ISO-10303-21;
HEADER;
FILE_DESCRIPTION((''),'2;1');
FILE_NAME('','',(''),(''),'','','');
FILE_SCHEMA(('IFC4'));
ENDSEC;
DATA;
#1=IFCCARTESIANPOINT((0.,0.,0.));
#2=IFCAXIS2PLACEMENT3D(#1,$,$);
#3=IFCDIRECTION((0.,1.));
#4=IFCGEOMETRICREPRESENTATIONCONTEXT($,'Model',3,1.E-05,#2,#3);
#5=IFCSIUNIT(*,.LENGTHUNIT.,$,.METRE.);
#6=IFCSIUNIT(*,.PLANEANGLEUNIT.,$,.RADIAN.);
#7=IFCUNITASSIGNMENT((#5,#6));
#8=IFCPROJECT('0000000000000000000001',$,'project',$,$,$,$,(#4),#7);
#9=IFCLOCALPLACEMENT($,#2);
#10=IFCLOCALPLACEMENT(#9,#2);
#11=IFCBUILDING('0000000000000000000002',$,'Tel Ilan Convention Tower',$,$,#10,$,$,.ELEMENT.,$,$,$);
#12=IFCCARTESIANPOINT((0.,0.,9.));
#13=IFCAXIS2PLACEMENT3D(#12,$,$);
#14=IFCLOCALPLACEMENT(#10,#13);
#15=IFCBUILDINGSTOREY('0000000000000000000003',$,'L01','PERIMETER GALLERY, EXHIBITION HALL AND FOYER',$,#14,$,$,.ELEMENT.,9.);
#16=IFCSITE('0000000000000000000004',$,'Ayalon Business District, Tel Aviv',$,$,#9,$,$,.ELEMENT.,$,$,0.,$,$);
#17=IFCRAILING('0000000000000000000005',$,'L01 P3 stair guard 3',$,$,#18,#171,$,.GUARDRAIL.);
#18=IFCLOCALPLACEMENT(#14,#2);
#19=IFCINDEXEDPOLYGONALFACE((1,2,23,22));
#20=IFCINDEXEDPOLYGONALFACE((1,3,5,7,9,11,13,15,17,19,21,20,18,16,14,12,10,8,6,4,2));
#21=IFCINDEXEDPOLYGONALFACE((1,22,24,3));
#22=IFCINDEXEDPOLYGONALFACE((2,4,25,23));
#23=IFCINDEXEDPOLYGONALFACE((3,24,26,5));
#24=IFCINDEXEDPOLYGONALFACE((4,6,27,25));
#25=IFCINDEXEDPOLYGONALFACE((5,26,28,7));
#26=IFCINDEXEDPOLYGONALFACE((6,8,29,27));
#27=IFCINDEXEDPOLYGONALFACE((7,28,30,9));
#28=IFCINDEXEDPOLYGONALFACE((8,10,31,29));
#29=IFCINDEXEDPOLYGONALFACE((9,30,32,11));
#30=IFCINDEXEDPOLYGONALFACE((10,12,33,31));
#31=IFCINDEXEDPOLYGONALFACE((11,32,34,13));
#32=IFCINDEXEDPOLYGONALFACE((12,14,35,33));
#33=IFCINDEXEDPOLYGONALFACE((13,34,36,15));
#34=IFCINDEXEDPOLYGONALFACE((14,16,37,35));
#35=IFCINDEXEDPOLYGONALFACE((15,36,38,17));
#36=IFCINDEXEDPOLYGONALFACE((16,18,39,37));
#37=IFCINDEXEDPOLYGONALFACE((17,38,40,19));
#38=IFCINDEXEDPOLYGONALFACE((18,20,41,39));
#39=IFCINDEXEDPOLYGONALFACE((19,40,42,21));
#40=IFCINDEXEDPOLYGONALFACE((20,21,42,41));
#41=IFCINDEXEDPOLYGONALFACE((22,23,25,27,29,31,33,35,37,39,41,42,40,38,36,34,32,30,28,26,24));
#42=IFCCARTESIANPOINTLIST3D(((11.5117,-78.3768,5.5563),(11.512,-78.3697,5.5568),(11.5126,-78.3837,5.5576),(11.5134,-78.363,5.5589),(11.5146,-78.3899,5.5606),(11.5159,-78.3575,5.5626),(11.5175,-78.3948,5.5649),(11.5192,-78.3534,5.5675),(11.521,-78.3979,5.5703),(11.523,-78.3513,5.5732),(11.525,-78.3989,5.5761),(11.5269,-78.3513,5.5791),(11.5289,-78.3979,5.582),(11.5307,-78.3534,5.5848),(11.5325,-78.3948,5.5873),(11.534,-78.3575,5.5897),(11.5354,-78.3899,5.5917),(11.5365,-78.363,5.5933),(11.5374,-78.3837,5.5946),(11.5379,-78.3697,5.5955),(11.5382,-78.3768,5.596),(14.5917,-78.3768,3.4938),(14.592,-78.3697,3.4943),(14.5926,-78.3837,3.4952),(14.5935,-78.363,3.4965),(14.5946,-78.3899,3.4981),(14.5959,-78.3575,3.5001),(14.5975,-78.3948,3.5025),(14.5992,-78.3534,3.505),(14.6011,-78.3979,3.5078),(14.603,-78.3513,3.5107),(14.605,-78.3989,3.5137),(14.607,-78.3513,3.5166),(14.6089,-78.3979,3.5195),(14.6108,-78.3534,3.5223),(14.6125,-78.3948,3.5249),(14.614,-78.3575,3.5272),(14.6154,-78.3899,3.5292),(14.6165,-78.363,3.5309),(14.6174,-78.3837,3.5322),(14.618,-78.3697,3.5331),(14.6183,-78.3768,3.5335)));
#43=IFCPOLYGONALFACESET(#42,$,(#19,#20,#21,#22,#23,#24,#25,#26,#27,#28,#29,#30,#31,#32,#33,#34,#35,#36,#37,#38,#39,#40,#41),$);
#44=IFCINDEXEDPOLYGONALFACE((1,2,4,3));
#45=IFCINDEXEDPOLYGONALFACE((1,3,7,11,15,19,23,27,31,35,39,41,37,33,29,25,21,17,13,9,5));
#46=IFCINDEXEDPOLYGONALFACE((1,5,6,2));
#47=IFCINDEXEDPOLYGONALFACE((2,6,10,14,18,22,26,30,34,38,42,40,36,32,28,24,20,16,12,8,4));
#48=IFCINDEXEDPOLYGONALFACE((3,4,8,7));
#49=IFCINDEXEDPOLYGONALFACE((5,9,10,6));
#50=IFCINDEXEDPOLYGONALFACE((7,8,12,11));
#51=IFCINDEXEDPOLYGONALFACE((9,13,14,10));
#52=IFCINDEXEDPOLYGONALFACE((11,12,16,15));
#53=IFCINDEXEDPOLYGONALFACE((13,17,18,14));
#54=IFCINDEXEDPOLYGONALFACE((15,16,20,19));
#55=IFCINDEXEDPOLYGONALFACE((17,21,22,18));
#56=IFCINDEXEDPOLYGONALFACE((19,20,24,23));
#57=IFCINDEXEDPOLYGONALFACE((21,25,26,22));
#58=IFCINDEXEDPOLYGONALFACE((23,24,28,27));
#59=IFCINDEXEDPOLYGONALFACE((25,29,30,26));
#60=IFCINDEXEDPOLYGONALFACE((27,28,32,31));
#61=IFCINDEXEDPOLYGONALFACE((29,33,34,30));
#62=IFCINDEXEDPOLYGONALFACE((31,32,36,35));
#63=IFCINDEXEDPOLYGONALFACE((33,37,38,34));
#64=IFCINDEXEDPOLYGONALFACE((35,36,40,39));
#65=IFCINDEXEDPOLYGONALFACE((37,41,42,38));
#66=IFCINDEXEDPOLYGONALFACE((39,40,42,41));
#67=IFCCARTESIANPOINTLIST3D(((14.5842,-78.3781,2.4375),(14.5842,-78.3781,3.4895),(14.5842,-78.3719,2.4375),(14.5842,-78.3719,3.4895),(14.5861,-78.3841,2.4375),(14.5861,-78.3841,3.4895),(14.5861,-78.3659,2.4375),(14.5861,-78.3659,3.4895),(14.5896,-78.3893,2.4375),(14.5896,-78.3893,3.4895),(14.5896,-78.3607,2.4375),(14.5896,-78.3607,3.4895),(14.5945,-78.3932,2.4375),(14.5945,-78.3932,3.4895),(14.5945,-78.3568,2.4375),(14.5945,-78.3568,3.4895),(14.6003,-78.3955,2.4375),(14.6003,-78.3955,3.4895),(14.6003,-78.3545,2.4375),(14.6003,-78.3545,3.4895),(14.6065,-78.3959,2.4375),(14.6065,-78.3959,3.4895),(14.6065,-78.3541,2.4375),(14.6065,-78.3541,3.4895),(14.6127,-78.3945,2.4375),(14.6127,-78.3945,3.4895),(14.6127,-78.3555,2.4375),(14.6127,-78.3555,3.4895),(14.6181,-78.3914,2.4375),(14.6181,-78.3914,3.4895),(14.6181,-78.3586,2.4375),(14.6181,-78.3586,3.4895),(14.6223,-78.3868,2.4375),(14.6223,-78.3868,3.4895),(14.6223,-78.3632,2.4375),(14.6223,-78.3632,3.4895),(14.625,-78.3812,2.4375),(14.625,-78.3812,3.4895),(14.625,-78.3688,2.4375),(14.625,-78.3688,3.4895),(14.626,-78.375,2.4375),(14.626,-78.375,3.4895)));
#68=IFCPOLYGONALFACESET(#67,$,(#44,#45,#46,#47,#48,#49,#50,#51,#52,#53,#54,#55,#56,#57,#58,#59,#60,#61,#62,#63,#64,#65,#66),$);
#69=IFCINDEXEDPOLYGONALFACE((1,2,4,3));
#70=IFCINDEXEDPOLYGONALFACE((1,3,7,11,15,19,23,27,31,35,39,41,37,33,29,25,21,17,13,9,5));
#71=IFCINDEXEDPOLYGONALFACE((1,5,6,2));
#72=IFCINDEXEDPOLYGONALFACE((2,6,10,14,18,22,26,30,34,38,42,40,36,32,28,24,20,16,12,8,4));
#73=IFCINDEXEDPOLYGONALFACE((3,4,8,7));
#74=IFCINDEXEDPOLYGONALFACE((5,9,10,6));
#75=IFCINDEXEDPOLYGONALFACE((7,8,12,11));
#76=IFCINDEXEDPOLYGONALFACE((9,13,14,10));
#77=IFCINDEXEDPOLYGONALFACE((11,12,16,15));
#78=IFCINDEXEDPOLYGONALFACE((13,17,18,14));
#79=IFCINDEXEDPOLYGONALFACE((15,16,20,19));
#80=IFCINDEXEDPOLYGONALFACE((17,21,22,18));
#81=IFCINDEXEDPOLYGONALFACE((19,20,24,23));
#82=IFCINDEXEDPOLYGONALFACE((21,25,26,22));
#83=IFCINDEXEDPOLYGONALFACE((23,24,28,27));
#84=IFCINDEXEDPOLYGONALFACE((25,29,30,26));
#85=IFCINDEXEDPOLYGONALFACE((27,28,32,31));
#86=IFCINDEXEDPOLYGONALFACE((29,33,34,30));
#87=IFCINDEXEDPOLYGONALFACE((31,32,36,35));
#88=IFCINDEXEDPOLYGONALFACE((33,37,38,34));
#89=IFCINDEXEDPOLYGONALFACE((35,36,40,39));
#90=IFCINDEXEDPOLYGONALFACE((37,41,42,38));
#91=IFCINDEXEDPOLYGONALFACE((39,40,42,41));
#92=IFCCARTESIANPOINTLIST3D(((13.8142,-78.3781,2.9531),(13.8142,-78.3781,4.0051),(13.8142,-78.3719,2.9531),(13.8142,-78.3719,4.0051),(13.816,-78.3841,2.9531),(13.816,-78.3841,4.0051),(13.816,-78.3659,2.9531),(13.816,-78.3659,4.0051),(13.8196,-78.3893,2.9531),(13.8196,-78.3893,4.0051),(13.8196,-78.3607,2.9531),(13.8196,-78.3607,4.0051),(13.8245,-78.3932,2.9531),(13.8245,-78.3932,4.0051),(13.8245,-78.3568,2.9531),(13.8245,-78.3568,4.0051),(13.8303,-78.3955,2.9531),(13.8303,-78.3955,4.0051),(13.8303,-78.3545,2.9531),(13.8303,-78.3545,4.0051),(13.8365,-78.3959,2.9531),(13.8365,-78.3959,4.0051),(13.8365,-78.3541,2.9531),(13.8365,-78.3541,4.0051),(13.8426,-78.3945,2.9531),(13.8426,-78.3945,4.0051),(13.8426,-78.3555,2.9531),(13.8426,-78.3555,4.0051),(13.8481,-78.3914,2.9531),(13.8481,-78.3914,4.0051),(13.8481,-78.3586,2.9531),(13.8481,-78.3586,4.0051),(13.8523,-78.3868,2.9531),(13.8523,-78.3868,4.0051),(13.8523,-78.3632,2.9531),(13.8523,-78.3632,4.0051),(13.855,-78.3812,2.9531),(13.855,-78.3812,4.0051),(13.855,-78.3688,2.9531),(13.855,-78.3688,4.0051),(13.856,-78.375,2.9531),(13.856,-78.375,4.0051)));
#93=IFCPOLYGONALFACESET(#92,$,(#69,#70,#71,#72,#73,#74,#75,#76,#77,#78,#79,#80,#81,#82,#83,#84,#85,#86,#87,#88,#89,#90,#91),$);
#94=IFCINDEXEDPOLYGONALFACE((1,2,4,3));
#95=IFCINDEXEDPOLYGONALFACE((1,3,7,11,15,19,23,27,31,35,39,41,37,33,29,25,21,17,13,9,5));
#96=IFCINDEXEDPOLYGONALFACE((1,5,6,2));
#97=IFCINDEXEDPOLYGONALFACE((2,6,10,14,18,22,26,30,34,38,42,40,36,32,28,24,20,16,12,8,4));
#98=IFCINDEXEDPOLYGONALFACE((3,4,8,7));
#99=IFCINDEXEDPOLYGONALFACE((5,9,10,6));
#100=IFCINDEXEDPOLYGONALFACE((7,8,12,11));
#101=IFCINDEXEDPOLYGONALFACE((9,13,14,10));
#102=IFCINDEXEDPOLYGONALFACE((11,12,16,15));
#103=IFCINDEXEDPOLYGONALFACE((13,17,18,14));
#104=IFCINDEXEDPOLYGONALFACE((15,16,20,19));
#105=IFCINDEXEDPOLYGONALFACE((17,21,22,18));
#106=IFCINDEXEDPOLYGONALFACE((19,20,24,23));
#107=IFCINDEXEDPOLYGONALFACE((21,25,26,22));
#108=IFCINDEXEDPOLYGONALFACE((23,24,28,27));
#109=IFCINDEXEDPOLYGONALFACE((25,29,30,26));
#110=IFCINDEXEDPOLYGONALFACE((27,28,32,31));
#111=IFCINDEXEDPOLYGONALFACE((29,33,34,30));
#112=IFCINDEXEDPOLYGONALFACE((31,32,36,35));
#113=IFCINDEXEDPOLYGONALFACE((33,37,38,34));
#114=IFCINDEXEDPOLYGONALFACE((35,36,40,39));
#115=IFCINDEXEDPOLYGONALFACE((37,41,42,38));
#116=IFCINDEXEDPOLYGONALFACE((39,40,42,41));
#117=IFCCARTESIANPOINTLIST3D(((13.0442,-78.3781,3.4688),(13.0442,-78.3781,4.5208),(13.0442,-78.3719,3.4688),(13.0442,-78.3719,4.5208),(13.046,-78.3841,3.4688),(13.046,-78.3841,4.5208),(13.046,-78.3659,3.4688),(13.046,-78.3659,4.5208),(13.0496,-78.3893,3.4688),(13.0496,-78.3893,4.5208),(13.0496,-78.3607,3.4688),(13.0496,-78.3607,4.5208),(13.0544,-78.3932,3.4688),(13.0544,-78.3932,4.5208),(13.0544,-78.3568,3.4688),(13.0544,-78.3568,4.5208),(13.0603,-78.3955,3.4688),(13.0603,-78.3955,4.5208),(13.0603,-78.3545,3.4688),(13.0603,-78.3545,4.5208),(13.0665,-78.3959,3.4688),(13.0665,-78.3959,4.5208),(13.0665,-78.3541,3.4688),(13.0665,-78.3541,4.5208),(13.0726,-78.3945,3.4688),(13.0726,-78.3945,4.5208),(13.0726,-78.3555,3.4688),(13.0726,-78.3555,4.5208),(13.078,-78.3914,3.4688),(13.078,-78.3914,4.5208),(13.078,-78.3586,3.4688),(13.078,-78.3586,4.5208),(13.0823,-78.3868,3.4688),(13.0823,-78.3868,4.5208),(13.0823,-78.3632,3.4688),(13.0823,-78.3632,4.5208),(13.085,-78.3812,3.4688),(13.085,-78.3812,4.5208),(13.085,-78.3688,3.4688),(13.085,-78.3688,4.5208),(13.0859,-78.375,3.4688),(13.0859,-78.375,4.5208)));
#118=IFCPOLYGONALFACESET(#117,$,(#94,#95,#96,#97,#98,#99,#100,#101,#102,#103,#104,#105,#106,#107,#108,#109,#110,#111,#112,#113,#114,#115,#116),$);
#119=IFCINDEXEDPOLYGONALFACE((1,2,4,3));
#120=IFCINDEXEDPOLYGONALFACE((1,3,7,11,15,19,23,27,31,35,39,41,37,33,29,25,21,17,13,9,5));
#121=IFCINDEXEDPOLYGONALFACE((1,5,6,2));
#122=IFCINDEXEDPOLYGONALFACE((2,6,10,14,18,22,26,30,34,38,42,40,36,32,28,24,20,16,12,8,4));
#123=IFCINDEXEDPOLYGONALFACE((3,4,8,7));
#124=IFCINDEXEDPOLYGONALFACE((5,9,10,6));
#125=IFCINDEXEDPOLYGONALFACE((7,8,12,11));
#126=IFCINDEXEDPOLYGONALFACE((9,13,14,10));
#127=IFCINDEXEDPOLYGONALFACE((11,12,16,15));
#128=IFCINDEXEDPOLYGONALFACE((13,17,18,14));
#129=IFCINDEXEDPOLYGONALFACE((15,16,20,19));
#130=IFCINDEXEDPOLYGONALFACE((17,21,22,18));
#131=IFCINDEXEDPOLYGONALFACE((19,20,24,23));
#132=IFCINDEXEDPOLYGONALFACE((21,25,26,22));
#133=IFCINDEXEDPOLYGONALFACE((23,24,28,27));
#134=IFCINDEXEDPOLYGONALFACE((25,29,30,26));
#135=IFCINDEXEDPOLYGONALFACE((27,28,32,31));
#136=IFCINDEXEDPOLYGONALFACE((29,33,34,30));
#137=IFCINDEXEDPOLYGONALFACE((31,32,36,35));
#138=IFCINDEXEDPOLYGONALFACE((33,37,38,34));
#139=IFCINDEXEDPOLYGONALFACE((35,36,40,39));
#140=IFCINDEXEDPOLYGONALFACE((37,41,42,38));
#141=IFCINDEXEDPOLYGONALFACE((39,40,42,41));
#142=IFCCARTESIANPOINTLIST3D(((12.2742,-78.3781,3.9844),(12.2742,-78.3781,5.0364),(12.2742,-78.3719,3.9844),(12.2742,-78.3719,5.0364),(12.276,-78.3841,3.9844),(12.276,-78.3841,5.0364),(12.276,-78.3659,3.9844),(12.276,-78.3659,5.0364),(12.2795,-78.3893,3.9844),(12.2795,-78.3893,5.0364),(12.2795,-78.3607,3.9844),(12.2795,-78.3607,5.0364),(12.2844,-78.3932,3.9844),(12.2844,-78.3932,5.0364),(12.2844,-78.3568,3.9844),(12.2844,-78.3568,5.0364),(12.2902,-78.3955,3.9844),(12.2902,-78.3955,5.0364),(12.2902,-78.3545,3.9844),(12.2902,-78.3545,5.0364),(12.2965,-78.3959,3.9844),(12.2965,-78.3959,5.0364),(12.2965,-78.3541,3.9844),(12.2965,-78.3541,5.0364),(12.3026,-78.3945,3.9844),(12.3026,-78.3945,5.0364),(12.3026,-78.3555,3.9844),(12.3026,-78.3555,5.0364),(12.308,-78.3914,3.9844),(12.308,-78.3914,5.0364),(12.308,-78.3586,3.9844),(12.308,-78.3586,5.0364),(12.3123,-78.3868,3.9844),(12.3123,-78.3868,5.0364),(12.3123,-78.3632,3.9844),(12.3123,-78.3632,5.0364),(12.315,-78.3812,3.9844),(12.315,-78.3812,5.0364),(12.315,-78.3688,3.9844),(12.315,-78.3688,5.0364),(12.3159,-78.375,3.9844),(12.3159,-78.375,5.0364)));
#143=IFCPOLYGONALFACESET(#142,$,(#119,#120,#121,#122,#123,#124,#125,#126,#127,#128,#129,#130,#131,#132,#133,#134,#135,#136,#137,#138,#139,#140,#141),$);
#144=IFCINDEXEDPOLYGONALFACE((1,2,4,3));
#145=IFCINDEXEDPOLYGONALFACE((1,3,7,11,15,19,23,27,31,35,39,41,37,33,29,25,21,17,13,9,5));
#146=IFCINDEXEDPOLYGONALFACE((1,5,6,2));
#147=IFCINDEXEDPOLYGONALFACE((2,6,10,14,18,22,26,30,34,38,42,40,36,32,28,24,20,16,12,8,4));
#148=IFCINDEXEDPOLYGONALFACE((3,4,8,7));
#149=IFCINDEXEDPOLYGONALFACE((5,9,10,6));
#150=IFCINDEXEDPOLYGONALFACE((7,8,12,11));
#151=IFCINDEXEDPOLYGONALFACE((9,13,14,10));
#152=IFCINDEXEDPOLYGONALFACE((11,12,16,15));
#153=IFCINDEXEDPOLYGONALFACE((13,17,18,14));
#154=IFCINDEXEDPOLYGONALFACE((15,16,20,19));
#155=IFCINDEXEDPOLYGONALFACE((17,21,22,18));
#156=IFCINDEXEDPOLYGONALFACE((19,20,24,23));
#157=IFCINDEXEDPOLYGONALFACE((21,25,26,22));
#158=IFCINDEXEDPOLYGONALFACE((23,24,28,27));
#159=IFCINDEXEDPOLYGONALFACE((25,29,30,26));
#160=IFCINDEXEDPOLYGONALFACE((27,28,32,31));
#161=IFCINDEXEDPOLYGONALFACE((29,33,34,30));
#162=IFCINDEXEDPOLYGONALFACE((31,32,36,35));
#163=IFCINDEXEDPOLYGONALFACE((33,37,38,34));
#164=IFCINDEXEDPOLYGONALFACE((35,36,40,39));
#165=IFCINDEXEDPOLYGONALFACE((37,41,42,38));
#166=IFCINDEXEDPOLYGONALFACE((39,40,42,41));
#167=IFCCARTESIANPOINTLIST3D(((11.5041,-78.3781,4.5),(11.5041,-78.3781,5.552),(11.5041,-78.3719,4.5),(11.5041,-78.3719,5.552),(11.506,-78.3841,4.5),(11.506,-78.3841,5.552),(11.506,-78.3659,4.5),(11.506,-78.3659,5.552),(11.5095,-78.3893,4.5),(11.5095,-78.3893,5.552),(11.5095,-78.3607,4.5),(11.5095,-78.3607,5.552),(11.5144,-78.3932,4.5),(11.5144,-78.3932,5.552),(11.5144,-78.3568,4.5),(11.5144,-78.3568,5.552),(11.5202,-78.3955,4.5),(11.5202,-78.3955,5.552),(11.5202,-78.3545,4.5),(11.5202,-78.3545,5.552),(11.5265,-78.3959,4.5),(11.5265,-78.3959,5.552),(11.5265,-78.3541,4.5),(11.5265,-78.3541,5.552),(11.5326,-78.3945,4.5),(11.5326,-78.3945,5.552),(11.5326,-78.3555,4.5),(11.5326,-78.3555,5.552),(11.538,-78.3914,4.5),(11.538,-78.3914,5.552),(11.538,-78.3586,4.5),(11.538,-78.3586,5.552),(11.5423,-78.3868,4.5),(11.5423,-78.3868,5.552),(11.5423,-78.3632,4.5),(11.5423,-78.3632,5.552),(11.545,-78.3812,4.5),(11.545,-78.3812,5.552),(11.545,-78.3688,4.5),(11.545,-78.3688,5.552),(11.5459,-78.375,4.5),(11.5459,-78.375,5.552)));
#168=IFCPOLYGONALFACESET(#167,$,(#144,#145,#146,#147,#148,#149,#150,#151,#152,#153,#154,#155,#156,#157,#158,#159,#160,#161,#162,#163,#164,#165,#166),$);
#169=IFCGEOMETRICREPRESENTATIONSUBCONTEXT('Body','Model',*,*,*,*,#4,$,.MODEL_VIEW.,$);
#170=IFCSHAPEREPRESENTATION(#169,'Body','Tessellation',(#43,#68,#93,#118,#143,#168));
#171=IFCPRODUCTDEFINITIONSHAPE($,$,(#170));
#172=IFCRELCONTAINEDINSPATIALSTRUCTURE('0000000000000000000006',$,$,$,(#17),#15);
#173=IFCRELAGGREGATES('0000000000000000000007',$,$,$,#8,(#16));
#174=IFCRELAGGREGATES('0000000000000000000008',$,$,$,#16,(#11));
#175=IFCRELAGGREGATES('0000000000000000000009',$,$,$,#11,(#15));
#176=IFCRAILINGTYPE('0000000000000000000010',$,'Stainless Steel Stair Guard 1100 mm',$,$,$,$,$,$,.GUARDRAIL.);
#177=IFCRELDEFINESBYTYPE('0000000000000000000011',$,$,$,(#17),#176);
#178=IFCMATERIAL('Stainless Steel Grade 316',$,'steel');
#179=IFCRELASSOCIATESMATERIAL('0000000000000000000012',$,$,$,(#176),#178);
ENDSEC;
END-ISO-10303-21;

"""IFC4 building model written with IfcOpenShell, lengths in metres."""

from ifc_helpers import new_model, si_unit, direction, frame, origin, origin_2d, place, context, subcontext, project, spatial, circle, extrude, material, type_object, element, save


model = new_model("IFC4")

# Units and contexts
model_context = context("Model", 3, precision=1e-05, world=origin(), true_north=direction((0.0, 1.0)))
body_context = subcontext(model_context, "Body", "Model", "MODEL_VIEW")
ifc_project = project(units=[si_unit("LENGTHUNIT", "METRE"), si_unit("PLANEANGLEUNIT", "RADIAN")], contexts=[model_context])

# Site, building, storey
site_placement = place(None, origin())
site = spatial("IfcSite", under=ifc_project, at=site_placement, Name="Ayalon Business District, Tel Aviv", CompositionType="ELEMENT", RefElevation=0.0)
building_placement = place(site_placement, origin())
building = spatial("IfcBuilding", under=site, at=building_placement, Name="Tel Ilan Convention Tower", CompositionType="ELEMENT")
storey_placement = place(building_placement, frame((0.0, 0.0, 9.0)))
storey = spatial("IfcBuildingStorey", under=building, at=storey_placement, Name="L01", Description="PERIMETER GALLERY, EXHIBITION HALL AND FOYER", CompositionType="ELEMENT", Elevation=9.0)

# Railing
ifc_material_1 = material(Name="Stainless Steel Grade 316", Category="steel")
railing_type_1 = type_object("IfcRailingType", Name="Stainless Steel Stair Guard 1100 mm", PredefinedType="GUARDRAIL", material=ifc_material_1)
railing_1_placement = place(storey_placement, frame((14.605, -78.375, 2.4375)))
element("IfcRailing", 1, at=railing_1_placement, inside=storey, type_object=railing_type_1, Name="L01 P3 stair guard 3", PredefinedType="GUARDRAIL", context=body_context, shape_type="SweptSolid", body=[
    extrude(circle(Radius=0.0239, at=origin_2d()), frame((0.0, 0.0, 1.0762), z_axis=(-0.830914, 0.0, 0.556401), x_axis=(0.0, -1.0, 0.0)), (0.0, 0.0, 1.0), 3.7068),
    extrude(circle(Radius=0.021, at=origin_2d()), origin(), (0.0, 0.0, 1.0), 1.052),
    extrude(circle(Radius=0.021, at=origin_2d()), frame((-0.77, 0.0, 0.5156)), (0.0, 0.0, 1.0), 1.052),
    extrude(circle(Radius=0.021, at=origin_2d()), frame((-1.54, 0.0, 1.0312)), (0.0, 0.0, 1.0), 1.052),
    extrude(circle(Radius=0.021, at=origin_2d()), frame((-2.3101, 0.0, 1.5469)), (0.0, 0.0, 1.0), 1.052),
    extrude(circle(Radius=0.021, at=origin_2d()), frame((-3.0801, 0.0, 2.0625)), (0.0, 0.0, 1.0), 1.052),
])

save(model, "model.ifc")
